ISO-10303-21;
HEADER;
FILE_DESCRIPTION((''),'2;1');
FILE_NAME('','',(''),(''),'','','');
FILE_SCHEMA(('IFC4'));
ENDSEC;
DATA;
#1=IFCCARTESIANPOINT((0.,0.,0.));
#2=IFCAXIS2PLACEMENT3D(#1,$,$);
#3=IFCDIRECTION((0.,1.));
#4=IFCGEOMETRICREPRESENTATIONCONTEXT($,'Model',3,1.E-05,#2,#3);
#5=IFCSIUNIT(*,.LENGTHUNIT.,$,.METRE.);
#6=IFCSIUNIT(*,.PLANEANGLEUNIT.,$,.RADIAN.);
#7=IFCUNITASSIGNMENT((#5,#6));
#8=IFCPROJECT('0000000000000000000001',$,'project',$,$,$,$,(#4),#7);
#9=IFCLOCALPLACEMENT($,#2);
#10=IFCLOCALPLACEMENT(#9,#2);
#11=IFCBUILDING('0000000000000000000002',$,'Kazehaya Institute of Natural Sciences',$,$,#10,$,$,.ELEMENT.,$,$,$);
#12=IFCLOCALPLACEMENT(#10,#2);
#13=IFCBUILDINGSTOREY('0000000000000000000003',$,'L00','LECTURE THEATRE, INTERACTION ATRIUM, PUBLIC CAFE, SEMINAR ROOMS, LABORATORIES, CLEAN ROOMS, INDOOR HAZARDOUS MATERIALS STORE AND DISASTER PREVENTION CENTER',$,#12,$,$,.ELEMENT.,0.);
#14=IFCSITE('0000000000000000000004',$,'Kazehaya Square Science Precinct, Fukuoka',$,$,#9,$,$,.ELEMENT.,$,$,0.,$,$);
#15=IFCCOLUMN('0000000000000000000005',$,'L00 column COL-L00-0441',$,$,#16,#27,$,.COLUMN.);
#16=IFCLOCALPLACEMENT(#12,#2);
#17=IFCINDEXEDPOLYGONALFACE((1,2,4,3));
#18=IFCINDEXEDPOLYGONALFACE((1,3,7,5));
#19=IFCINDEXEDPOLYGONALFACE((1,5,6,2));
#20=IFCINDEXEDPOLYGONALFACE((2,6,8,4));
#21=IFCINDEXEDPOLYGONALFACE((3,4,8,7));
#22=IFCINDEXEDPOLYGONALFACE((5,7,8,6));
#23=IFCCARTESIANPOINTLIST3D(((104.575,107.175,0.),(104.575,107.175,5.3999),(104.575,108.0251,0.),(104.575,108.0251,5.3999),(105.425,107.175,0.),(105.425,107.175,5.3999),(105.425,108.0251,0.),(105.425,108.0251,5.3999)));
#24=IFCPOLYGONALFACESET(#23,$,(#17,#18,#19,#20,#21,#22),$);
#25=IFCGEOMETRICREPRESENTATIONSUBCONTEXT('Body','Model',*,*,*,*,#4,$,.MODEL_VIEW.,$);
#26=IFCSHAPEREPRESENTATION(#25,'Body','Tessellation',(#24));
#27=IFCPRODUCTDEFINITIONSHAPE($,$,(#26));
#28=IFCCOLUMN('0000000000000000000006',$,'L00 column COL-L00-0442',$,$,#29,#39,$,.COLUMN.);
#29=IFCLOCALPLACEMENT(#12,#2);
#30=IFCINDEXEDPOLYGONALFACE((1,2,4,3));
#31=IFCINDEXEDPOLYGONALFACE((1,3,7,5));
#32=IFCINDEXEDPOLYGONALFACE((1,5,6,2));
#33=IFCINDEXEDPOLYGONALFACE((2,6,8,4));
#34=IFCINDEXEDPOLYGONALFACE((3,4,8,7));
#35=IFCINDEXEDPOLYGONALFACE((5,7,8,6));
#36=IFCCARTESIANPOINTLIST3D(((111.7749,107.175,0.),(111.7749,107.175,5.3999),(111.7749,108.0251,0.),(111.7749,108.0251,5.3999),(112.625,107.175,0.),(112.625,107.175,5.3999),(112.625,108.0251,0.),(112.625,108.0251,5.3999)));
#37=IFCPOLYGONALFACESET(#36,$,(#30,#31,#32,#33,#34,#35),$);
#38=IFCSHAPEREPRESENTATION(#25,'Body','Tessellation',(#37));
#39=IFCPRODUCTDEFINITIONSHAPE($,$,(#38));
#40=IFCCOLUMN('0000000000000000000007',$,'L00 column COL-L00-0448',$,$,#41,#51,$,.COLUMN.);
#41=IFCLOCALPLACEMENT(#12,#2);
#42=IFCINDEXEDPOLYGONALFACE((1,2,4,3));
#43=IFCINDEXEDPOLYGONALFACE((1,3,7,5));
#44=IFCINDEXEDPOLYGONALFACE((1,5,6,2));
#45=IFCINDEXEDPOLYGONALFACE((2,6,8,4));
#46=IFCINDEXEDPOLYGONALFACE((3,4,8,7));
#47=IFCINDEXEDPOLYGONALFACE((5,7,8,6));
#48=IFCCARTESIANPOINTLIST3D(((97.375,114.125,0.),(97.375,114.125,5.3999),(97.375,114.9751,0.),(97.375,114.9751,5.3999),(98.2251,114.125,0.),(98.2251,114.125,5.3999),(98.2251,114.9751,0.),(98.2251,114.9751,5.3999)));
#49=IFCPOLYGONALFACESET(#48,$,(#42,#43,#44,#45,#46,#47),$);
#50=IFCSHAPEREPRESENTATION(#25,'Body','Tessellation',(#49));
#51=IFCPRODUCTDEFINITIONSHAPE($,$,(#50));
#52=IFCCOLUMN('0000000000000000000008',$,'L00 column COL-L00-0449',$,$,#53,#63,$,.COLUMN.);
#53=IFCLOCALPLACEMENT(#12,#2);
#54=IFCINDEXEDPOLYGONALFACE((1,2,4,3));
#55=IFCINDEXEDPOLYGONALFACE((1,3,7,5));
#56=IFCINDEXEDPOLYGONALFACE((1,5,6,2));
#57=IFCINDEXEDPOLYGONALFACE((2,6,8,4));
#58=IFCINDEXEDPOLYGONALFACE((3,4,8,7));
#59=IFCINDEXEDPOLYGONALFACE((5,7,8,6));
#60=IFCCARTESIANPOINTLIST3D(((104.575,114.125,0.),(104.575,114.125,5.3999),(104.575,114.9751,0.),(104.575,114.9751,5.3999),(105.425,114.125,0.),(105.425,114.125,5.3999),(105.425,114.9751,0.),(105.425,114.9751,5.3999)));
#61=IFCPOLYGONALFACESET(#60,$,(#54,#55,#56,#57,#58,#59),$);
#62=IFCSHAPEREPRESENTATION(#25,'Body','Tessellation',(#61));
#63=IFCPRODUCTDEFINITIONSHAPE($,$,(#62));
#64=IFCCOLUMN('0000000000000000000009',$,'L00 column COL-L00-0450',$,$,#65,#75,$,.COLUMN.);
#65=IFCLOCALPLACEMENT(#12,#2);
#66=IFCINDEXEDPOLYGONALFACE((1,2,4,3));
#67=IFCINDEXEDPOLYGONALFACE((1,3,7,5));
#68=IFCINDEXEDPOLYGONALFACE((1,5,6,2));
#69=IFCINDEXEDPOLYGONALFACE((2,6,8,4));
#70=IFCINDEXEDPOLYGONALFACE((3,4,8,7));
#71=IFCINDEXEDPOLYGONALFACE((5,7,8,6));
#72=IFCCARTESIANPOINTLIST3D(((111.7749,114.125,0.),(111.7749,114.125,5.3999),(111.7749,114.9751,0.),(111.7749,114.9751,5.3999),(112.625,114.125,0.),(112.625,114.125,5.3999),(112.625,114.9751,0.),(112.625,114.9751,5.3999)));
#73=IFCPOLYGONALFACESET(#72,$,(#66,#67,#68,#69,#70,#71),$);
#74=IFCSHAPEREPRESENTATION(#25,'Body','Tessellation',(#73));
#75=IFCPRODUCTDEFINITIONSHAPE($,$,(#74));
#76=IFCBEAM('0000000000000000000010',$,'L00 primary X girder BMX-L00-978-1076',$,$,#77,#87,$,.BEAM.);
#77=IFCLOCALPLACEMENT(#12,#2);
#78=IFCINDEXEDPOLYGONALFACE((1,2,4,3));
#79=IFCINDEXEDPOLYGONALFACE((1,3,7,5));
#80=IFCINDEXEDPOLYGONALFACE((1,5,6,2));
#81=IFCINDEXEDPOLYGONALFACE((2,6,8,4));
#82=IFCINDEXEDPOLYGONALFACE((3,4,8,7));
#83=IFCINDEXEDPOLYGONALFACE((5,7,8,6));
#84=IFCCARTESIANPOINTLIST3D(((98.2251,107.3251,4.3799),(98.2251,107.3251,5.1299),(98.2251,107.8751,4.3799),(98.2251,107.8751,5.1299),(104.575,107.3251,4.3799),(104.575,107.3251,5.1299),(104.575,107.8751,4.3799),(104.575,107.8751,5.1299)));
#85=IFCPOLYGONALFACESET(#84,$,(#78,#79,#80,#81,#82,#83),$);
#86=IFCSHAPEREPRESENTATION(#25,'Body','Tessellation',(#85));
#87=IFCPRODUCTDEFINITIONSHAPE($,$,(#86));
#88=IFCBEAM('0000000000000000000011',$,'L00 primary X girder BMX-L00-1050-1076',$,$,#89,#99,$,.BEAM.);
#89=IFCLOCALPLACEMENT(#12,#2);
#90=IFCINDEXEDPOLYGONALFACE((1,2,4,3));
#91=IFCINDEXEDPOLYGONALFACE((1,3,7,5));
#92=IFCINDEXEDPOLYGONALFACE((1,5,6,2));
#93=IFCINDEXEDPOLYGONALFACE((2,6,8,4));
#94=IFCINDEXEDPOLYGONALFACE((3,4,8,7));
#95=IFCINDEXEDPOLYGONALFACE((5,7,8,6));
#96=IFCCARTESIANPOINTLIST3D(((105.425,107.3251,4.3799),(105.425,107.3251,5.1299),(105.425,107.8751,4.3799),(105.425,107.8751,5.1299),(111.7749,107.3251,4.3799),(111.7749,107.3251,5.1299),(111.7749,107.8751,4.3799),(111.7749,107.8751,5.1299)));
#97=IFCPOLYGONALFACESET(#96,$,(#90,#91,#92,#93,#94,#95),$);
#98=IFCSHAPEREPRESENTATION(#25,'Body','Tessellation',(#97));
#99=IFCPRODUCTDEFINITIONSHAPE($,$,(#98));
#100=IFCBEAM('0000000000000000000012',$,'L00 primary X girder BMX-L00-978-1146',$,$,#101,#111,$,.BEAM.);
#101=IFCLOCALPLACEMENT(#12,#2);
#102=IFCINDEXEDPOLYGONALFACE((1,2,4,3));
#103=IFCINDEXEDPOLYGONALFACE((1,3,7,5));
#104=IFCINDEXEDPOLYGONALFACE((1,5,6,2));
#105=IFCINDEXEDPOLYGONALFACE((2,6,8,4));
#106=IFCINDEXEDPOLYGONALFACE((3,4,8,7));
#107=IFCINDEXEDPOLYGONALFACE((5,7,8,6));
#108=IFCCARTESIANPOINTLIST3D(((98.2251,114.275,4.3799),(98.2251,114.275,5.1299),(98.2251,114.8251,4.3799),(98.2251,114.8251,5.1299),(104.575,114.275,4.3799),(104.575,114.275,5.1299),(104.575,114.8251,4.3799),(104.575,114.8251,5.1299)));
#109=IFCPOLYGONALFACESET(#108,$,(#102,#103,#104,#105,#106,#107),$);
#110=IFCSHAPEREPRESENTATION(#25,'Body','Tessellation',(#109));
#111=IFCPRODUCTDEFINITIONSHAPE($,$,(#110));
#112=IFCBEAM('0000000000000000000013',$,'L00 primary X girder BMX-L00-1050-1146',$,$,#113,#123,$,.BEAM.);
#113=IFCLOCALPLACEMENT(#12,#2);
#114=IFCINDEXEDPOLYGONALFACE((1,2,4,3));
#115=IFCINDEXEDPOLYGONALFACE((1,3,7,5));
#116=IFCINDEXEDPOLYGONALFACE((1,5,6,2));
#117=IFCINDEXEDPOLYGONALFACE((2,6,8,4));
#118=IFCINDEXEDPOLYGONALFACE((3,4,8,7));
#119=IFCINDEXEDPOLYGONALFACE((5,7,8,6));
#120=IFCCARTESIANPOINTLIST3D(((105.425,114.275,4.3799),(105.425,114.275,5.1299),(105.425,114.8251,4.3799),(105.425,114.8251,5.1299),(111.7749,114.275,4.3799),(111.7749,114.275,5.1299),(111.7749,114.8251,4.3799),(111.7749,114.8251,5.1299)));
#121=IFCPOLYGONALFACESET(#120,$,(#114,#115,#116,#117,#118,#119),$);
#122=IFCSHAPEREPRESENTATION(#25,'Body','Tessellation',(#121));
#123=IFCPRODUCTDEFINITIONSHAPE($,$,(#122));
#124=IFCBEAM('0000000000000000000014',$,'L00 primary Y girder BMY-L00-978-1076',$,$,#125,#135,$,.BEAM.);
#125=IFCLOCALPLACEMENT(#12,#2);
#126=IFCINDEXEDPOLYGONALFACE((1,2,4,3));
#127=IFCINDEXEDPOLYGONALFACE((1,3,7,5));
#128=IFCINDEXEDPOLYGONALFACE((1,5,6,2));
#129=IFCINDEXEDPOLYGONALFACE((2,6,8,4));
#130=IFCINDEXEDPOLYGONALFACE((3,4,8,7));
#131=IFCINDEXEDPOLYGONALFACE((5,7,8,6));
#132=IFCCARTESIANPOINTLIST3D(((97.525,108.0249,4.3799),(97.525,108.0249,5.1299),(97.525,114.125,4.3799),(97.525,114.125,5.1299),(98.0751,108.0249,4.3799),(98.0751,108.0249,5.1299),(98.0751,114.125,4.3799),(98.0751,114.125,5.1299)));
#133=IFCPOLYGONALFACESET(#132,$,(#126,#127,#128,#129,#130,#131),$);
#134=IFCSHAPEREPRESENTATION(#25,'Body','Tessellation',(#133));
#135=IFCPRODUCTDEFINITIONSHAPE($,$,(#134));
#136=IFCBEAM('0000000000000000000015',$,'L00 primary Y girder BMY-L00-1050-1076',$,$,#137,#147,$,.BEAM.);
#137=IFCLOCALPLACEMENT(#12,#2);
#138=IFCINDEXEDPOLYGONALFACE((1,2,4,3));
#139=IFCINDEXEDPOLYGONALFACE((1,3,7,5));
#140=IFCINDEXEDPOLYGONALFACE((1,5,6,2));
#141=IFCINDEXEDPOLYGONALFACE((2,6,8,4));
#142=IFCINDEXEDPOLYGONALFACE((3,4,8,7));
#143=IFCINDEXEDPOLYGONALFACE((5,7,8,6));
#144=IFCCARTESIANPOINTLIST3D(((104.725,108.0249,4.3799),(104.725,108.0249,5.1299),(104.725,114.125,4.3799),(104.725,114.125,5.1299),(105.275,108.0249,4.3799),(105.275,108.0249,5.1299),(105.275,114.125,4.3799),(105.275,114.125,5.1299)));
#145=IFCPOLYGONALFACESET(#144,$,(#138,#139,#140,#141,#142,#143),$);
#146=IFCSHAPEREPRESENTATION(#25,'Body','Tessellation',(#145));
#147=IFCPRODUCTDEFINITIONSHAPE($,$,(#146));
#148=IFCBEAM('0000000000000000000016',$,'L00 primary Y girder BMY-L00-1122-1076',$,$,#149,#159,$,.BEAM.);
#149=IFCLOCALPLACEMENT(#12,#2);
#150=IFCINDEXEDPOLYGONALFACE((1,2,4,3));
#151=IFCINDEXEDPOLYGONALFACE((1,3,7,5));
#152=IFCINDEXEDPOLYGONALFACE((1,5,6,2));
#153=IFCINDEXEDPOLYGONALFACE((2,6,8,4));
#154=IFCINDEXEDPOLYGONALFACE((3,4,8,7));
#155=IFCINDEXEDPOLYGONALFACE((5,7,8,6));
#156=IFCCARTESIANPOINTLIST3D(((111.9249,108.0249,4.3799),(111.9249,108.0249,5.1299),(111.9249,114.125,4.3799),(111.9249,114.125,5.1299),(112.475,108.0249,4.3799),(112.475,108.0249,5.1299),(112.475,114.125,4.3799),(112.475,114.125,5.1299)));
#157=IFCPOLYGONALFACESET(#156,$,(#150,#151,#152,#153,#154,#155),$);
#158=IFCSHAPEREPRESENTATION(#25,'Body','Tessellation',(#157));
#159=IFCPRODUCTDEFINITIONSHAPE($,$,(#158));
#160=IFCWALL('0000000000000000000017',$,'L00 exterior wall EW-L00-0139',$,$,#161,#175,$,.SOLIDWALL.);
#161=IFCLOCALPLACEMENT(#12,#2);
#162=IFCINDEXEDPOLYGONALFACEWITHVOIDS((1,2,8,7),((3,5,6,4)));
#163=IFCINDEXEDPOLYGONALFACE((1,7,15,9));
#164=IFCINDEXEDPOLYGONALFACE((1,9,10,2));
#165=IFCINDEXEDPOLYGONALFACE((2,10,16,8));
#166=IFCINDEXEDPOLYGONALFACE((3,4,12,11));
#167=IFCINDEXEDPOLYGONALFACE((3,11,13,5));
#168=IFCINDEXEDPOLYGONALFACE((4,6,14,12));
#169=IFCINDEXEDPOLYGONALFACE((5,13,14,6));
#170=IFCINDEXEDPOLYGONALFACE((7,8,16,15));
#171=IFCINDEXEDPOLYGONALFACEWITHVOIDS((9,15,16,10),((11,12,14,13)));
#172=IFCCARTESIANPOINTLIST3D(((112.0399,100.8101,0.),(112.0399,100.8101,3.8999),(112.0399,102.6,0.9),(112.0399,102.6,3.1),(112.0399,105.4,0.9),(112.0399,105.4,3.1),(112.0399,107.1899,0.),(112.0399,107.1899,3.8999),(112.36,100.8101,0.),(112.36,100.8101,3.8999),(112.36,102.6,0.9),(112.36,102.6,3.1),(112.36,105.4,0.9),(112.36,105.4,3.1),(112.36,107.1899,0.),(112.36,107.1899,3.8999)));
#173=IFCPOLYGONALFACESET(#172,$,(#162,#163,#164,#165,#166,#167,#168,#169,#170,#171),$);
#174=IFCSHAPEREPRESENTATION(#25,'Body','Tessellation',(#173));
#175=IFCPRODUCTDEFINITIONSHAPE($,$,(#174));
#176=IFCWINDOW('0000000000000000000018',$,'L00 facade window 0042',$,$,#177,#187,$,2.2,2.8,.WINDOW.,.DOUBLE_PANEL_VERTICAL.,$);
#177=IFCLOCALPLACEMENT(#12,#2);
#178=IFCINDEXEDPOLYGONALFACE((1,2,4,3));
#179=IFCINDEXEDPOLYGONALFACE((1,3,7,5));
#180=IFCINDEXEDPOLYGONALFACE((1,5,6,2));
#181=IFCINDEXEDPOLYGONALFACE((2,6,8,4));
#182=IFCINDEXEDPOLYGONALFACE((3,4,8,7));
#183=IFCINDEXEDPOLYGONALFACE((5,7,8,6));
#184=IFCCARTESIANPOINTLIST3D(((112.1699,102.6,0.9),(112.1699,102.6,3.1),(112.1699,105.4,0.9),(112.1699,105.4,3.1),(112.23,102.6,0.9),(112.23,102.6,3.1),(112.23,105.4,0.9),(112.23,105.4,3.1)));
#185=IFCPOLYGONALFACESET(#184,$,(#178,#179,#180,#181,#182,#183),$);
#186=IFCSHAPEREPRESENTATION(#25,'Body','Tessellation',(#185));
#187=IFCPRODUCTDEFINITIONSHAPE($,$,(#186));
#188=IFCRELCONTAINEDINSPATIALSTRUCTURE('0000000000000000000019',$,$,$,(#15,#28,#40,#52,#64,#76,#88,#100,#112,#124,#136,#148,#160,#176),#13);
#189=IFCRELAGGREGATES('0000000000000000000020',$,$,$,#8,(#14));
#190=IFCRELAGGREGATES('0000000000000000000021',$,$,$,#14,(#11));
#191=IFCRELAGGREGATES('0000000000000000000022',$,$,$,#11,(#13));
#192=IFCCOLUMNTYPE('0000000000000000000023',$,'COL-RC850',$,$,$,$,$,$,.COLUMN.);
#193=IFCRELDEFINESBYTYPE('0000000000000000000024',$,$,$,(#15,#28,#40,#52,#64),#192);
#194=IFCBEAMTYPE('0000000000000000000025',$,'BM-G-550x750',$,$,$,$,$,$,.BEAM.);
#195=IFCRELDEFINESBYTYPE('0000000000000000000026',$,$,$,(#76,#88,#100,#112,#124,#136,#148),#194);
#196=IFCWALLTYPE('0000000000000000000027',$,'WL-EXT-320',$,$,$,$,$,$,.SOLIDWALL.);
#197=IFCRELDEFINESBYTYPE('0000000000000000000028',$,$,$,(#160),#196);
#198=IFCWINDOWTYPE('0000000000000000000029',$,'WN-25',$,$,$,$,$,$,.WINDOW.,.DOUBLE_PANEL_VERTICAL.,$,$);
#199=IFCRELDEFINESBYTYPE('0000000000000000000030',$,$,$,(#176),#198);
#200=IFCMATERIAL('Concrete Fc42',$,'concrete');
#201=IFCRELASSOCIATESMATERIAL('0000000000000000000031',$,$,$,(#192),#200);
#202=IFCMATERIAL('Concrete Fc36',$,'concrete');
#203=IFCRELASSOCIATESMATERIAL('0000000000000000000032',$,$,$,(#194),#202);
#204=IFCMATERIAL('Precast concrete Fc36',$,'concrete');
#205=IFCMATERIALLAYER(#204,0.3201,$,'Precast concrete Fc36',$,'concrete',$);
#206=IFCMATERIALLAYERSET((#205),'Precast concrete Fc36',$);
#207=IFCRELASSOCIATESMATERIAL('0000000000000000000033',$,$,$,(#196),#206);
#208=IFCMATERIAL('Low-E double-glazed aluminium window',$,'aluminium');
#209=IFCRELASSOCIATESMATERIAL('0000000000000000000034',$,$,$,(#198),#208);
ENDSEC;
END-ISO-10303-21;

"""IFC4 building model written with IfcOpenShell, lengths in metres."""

from ifc_helpers import new_model, si_unit, direction, frame, frame_2d, origin, origin_2d, place, context, subcontext, project, spatial, rectangle, extrude, material, layer, layer_set, material_profile, profile_set, type_object, element, fill, save


model = new_model("IFC4")

# Units and contexts
model_context = context("Model", 3, precision=1e-05, world=origin(), true_north=direction((0.0, 1.0)))
body_context = subcontext(model_context, "Body", "Model", "MODEL_VIEW")
ifc_project = project(units=[si_unit("LENGTHUNIT", "METRE"), si_unit("PLANEANGLEUNIT", "RADIAN")], contexts=[model_context])

# Site, building, storey
site_placement = place(None, origin())
site = spatial("IfcSite", under=ifc_project, at=site_placement, Name="Kazehaya Square Science Precinct, Fukuoka", CompositionType="ELEMENT", RefElevation=0.0)
building_placement = place(site_placement, origin())
building = spatial("IfcBuilding", under=site, at=building_placement, Name="Kazehaya Institute of Natural Sciences", CompositionType="ELEMENT")
storey_placement = place(building_placement, origin())
storey = spatial("IfcBuildingStorey", under=building, at=storey_placement, Name="L00", Description="LECTURE THEATRE, INTERACTION ATRIUM, PUBLIC CAFE, SEMINAR ROOMS, LABORATORIES, CLEAN ROOMS, INDOOR HAZARDOUS MATERIALS STORE AND DISASTER PREVENTION CENTER", CompositionType="ELEMENT", Elevation=0.0)

# Columns
ifc_material_1 = material(Name="Concrete Fc42", Category="concrete")
ifc_material_profile_1 = material_profile(ifc_material_1, rectangle(XDim=0.8501, YDim=0.8501, at=origin_2d()), Name="RC-850x850")
ifc_profile_set_1 = profile_set([ifc_material_profile_1], Name="Concrete Fc42")
column_type = type_object("IfcColumnType", Name="COL-RC850", PredefinedType="COLUMN", material=ifc_profile_set_1)
for number, where, z_axis, x_axis, name in (
    (1, (105.0, 107.6001, 0.0), (0.0, 0.0, 1.0), (1.0, 0.0, 0.0), "L00 column COL-L00-0441"),
    (2, (112.2, 107.6001, 0.0), (0.0, 0.0, 1.0), (1.0, 0.0, 0.0), "L00 column COL-L00-0442"),
    (3, (97.8, 114.55, 0.0), (0.0, 0.0, 1.0), (1.0, 0.0, 0.0), "L00 column COL-L00-0448"),
    (4, (105.0, 114.55, 0.0), (0.0, 0.0, 1.0), (1.0, 0.0, 0.0), "L00 column COL-L00-0449"),
    (5, (112.2, 114.55, 0.0), (0.0, 0.0, 1.0), (1.0, 0.0, 0.0), "L00 column COL-L00-0450"),
):
    element("IfcColumn", number, at=place(storey_placement, frame(where, z_axis=z_axis, x_axis=x_axis)), inside=storey, type_object=column_type, Name=name, PredefinedType="COLUMN", context=body_context, shape_type="SweptSolid", body=[
        extrude(rectangle(XDim=0.8501, YDim=0.8501, at=origin_2d()), origin(), (0.0, 0.0, 1.0), 5.3999),
    ])

# Beams
ifc_material_2 = material(Name="Concrete Fc36", Category="concrete")
ifc_material_profile_2 = material_profile(ifc_material_2, rectangle(XDim=0.55, YDim=0.75, at=origin_2d()), Name="RC-550x750")
ifc_profile_set_2 = profile_set([ifc_material_profile_2], Name="Concrete Fc36")
beam_type = type_object("IfcBeamType", Name="BM-G-550x750", PredefinedType="BEAM", material=ifc_profile_set_2)
for number, where, z_axis, x_axis, name in (
    (6, (98.2251, 107.6001, 4.7549), (1.0, 0.0, 0.0), (0.0, 1.0, 0.0), "L00 primary X girder BMX-L00-978-1076"),
    (7, (105.425, 107.6001, 4.7549), (1.0, 0.0, 0.0), (0.0, 1.0, 0.0), "L00 primary X girder BMX-L00-1050-1076"),
    (8, (98.2251, 114.55, 4.7549), (1.0, 0.0, 0.0), (0.0, 1.0, 0.0), "L00 primary X girder BMX-L00-978-1146"),
    (9, (105.425, 114.55, 4.7549), (1.0, 0.0, 0.0), (0.0, 1.0, 0.0), "L00 primary X girder BMX-L00-1050-1146"),
):
    element("IfcBeam", number, at=place(storey_placement, frame(where, z_axis=z_axis, x_axis=x_axis)), inside=storey, type_object=beam_type, Name=name, PredefinedType="BEAM", context=body_context, shape_type="SweptSolid", body=[
        extrude(rectangle(XDim=0.55, YDim=0.75, at=origin_2d()), origin(), (0.0, 0.0, 1.0), 6.3499),
    ])
for number, where, z_axis, x_axis, name in (
    (10, (97.8, 108.0249, 4.7549), (0.0, 1.0, 0.0), (-1.0, 0.0, 0.0), "L00 primary Y girder BMY-L00-978-1076"),
    (11, (105.0, 108.0249, 4.7549), (0.0, 1.0, 0.0), (-1.0, 0.0, 0.0), "L00 primary Y girder BMY-L00-1050-1076"),
    (12, (112.2, 108.0249, 4.7549), (0.0, 1.0, 0.0), (-1.0, 0.0, 0.0), "L00 primary Y girder BMY-L00-1122-1076"),
):
    element("IfcBeam", number, at=place(storey_placement, frame(where, z_axis=z_axis, x_axis=x_axis)), inside=storey, type_object=beam_type, Name=name, PredefinedType="BEAM", context=body_context, shape_type="SweptSolid", body=[
        extrude(rectangle(XDim=0.55, YDim=0.75, at=origin_2d()), origin(), (0.0, 0.0, 1.0), 6.1001),
    ])

# Wall, opening, window
ifc_material_3 = material(Name="Precast concrete Fc36", Category="concrete")
ifc_layer_1 = layer(ifc_material_3, 0.3201, Name="Precast concrete Fc36", Category="concrete")
ifc_layer_set_1 = layer_set([ifc_layer_1], Name="Precast concrete Fc36")
wall_type = type_object("IfcWallType", Name="WL-EXT-320", PredefinedType="SOLIDWALL", material=ifc_layer_set_1)
wall_1_placement = place(storey_placement, frame((112.2, 107.1899, 0.0), z_axis=(0.0, 0.0, 1.0), x_axis=(0.0, -1.0, 0.0)))
wall_1 = element("IfcWall", 13, at=wall_1_placement, inside=storey, type_object=wall_type, Name="L00 exterior wall EW-L00-0139", PredefinedType="SOLIDWALL", context=body_context, shape_type="SweptSolid", body=[
    extrude(rectangle(XDim=6.3799, YDim=0.3201, at=frame_2d((3.1899, 0.0))), origin(), (0.0, 0.0, 1.0), 3.8999),
])
opening_1_placement = place(wall_1_placement, frame((1.79, 0.0, 0.8999)))
opening_1 = element("IfcOpeningElement", 14, at=opening_1_placement, cuts=wall_1, PredefinedType="OPENING", context=body_context, shape_type="SweptSolid", body=[
    extrude(rectangle(XDim=2.8, YDim=2.2, at=frame_2d((1.3999, 1.1001))), frame((0.0, 0.1699, 0.0), z_axis=(0.0, -1.0, 0.0), x_axis=(1.0, 0.0, 0.0)), (0.0, 0.0, 1.0), 0.3401),
])
ifc_material_4 = material(Name="Low-E double-glazed aluminium window", Category="aluminium")
window_type_1 = type_object("IfcWindowType", Name="WN-25", PartitioningType="DOUBLE_PANEL_VERTICAL", PredefinedType="WINDOW", material=ifc_material_4)
window_1_placement = place(opening_1_placement, origin())
window_1 = element("IfcWindow", 15, at=window_1_placement, inside=storey, type_object=window_type_1, Name="L00 facade window 0042", OverallHeight=2.2, OverallWidth=2.8, PartitioningType="DOUBLE_PANEL_VERTICAL", PredefinedType="WINDOW", context=body_context, shape_type="SweptSolid", body=[
    extrude(rectangle(XDim=2.8, YDim=2.2, at=frame_2d((1.3999, 1.1001))), frame((0.0, 0.03, 0.0), z_axis=(0.0, -1.0, 0.0), x_axis=(1.0, 0.0, 0.0)), (0.0, 0.0, 1.0), 0.0601),
])
fill(opening_1, window_1)

save(model, "model.ifc")
